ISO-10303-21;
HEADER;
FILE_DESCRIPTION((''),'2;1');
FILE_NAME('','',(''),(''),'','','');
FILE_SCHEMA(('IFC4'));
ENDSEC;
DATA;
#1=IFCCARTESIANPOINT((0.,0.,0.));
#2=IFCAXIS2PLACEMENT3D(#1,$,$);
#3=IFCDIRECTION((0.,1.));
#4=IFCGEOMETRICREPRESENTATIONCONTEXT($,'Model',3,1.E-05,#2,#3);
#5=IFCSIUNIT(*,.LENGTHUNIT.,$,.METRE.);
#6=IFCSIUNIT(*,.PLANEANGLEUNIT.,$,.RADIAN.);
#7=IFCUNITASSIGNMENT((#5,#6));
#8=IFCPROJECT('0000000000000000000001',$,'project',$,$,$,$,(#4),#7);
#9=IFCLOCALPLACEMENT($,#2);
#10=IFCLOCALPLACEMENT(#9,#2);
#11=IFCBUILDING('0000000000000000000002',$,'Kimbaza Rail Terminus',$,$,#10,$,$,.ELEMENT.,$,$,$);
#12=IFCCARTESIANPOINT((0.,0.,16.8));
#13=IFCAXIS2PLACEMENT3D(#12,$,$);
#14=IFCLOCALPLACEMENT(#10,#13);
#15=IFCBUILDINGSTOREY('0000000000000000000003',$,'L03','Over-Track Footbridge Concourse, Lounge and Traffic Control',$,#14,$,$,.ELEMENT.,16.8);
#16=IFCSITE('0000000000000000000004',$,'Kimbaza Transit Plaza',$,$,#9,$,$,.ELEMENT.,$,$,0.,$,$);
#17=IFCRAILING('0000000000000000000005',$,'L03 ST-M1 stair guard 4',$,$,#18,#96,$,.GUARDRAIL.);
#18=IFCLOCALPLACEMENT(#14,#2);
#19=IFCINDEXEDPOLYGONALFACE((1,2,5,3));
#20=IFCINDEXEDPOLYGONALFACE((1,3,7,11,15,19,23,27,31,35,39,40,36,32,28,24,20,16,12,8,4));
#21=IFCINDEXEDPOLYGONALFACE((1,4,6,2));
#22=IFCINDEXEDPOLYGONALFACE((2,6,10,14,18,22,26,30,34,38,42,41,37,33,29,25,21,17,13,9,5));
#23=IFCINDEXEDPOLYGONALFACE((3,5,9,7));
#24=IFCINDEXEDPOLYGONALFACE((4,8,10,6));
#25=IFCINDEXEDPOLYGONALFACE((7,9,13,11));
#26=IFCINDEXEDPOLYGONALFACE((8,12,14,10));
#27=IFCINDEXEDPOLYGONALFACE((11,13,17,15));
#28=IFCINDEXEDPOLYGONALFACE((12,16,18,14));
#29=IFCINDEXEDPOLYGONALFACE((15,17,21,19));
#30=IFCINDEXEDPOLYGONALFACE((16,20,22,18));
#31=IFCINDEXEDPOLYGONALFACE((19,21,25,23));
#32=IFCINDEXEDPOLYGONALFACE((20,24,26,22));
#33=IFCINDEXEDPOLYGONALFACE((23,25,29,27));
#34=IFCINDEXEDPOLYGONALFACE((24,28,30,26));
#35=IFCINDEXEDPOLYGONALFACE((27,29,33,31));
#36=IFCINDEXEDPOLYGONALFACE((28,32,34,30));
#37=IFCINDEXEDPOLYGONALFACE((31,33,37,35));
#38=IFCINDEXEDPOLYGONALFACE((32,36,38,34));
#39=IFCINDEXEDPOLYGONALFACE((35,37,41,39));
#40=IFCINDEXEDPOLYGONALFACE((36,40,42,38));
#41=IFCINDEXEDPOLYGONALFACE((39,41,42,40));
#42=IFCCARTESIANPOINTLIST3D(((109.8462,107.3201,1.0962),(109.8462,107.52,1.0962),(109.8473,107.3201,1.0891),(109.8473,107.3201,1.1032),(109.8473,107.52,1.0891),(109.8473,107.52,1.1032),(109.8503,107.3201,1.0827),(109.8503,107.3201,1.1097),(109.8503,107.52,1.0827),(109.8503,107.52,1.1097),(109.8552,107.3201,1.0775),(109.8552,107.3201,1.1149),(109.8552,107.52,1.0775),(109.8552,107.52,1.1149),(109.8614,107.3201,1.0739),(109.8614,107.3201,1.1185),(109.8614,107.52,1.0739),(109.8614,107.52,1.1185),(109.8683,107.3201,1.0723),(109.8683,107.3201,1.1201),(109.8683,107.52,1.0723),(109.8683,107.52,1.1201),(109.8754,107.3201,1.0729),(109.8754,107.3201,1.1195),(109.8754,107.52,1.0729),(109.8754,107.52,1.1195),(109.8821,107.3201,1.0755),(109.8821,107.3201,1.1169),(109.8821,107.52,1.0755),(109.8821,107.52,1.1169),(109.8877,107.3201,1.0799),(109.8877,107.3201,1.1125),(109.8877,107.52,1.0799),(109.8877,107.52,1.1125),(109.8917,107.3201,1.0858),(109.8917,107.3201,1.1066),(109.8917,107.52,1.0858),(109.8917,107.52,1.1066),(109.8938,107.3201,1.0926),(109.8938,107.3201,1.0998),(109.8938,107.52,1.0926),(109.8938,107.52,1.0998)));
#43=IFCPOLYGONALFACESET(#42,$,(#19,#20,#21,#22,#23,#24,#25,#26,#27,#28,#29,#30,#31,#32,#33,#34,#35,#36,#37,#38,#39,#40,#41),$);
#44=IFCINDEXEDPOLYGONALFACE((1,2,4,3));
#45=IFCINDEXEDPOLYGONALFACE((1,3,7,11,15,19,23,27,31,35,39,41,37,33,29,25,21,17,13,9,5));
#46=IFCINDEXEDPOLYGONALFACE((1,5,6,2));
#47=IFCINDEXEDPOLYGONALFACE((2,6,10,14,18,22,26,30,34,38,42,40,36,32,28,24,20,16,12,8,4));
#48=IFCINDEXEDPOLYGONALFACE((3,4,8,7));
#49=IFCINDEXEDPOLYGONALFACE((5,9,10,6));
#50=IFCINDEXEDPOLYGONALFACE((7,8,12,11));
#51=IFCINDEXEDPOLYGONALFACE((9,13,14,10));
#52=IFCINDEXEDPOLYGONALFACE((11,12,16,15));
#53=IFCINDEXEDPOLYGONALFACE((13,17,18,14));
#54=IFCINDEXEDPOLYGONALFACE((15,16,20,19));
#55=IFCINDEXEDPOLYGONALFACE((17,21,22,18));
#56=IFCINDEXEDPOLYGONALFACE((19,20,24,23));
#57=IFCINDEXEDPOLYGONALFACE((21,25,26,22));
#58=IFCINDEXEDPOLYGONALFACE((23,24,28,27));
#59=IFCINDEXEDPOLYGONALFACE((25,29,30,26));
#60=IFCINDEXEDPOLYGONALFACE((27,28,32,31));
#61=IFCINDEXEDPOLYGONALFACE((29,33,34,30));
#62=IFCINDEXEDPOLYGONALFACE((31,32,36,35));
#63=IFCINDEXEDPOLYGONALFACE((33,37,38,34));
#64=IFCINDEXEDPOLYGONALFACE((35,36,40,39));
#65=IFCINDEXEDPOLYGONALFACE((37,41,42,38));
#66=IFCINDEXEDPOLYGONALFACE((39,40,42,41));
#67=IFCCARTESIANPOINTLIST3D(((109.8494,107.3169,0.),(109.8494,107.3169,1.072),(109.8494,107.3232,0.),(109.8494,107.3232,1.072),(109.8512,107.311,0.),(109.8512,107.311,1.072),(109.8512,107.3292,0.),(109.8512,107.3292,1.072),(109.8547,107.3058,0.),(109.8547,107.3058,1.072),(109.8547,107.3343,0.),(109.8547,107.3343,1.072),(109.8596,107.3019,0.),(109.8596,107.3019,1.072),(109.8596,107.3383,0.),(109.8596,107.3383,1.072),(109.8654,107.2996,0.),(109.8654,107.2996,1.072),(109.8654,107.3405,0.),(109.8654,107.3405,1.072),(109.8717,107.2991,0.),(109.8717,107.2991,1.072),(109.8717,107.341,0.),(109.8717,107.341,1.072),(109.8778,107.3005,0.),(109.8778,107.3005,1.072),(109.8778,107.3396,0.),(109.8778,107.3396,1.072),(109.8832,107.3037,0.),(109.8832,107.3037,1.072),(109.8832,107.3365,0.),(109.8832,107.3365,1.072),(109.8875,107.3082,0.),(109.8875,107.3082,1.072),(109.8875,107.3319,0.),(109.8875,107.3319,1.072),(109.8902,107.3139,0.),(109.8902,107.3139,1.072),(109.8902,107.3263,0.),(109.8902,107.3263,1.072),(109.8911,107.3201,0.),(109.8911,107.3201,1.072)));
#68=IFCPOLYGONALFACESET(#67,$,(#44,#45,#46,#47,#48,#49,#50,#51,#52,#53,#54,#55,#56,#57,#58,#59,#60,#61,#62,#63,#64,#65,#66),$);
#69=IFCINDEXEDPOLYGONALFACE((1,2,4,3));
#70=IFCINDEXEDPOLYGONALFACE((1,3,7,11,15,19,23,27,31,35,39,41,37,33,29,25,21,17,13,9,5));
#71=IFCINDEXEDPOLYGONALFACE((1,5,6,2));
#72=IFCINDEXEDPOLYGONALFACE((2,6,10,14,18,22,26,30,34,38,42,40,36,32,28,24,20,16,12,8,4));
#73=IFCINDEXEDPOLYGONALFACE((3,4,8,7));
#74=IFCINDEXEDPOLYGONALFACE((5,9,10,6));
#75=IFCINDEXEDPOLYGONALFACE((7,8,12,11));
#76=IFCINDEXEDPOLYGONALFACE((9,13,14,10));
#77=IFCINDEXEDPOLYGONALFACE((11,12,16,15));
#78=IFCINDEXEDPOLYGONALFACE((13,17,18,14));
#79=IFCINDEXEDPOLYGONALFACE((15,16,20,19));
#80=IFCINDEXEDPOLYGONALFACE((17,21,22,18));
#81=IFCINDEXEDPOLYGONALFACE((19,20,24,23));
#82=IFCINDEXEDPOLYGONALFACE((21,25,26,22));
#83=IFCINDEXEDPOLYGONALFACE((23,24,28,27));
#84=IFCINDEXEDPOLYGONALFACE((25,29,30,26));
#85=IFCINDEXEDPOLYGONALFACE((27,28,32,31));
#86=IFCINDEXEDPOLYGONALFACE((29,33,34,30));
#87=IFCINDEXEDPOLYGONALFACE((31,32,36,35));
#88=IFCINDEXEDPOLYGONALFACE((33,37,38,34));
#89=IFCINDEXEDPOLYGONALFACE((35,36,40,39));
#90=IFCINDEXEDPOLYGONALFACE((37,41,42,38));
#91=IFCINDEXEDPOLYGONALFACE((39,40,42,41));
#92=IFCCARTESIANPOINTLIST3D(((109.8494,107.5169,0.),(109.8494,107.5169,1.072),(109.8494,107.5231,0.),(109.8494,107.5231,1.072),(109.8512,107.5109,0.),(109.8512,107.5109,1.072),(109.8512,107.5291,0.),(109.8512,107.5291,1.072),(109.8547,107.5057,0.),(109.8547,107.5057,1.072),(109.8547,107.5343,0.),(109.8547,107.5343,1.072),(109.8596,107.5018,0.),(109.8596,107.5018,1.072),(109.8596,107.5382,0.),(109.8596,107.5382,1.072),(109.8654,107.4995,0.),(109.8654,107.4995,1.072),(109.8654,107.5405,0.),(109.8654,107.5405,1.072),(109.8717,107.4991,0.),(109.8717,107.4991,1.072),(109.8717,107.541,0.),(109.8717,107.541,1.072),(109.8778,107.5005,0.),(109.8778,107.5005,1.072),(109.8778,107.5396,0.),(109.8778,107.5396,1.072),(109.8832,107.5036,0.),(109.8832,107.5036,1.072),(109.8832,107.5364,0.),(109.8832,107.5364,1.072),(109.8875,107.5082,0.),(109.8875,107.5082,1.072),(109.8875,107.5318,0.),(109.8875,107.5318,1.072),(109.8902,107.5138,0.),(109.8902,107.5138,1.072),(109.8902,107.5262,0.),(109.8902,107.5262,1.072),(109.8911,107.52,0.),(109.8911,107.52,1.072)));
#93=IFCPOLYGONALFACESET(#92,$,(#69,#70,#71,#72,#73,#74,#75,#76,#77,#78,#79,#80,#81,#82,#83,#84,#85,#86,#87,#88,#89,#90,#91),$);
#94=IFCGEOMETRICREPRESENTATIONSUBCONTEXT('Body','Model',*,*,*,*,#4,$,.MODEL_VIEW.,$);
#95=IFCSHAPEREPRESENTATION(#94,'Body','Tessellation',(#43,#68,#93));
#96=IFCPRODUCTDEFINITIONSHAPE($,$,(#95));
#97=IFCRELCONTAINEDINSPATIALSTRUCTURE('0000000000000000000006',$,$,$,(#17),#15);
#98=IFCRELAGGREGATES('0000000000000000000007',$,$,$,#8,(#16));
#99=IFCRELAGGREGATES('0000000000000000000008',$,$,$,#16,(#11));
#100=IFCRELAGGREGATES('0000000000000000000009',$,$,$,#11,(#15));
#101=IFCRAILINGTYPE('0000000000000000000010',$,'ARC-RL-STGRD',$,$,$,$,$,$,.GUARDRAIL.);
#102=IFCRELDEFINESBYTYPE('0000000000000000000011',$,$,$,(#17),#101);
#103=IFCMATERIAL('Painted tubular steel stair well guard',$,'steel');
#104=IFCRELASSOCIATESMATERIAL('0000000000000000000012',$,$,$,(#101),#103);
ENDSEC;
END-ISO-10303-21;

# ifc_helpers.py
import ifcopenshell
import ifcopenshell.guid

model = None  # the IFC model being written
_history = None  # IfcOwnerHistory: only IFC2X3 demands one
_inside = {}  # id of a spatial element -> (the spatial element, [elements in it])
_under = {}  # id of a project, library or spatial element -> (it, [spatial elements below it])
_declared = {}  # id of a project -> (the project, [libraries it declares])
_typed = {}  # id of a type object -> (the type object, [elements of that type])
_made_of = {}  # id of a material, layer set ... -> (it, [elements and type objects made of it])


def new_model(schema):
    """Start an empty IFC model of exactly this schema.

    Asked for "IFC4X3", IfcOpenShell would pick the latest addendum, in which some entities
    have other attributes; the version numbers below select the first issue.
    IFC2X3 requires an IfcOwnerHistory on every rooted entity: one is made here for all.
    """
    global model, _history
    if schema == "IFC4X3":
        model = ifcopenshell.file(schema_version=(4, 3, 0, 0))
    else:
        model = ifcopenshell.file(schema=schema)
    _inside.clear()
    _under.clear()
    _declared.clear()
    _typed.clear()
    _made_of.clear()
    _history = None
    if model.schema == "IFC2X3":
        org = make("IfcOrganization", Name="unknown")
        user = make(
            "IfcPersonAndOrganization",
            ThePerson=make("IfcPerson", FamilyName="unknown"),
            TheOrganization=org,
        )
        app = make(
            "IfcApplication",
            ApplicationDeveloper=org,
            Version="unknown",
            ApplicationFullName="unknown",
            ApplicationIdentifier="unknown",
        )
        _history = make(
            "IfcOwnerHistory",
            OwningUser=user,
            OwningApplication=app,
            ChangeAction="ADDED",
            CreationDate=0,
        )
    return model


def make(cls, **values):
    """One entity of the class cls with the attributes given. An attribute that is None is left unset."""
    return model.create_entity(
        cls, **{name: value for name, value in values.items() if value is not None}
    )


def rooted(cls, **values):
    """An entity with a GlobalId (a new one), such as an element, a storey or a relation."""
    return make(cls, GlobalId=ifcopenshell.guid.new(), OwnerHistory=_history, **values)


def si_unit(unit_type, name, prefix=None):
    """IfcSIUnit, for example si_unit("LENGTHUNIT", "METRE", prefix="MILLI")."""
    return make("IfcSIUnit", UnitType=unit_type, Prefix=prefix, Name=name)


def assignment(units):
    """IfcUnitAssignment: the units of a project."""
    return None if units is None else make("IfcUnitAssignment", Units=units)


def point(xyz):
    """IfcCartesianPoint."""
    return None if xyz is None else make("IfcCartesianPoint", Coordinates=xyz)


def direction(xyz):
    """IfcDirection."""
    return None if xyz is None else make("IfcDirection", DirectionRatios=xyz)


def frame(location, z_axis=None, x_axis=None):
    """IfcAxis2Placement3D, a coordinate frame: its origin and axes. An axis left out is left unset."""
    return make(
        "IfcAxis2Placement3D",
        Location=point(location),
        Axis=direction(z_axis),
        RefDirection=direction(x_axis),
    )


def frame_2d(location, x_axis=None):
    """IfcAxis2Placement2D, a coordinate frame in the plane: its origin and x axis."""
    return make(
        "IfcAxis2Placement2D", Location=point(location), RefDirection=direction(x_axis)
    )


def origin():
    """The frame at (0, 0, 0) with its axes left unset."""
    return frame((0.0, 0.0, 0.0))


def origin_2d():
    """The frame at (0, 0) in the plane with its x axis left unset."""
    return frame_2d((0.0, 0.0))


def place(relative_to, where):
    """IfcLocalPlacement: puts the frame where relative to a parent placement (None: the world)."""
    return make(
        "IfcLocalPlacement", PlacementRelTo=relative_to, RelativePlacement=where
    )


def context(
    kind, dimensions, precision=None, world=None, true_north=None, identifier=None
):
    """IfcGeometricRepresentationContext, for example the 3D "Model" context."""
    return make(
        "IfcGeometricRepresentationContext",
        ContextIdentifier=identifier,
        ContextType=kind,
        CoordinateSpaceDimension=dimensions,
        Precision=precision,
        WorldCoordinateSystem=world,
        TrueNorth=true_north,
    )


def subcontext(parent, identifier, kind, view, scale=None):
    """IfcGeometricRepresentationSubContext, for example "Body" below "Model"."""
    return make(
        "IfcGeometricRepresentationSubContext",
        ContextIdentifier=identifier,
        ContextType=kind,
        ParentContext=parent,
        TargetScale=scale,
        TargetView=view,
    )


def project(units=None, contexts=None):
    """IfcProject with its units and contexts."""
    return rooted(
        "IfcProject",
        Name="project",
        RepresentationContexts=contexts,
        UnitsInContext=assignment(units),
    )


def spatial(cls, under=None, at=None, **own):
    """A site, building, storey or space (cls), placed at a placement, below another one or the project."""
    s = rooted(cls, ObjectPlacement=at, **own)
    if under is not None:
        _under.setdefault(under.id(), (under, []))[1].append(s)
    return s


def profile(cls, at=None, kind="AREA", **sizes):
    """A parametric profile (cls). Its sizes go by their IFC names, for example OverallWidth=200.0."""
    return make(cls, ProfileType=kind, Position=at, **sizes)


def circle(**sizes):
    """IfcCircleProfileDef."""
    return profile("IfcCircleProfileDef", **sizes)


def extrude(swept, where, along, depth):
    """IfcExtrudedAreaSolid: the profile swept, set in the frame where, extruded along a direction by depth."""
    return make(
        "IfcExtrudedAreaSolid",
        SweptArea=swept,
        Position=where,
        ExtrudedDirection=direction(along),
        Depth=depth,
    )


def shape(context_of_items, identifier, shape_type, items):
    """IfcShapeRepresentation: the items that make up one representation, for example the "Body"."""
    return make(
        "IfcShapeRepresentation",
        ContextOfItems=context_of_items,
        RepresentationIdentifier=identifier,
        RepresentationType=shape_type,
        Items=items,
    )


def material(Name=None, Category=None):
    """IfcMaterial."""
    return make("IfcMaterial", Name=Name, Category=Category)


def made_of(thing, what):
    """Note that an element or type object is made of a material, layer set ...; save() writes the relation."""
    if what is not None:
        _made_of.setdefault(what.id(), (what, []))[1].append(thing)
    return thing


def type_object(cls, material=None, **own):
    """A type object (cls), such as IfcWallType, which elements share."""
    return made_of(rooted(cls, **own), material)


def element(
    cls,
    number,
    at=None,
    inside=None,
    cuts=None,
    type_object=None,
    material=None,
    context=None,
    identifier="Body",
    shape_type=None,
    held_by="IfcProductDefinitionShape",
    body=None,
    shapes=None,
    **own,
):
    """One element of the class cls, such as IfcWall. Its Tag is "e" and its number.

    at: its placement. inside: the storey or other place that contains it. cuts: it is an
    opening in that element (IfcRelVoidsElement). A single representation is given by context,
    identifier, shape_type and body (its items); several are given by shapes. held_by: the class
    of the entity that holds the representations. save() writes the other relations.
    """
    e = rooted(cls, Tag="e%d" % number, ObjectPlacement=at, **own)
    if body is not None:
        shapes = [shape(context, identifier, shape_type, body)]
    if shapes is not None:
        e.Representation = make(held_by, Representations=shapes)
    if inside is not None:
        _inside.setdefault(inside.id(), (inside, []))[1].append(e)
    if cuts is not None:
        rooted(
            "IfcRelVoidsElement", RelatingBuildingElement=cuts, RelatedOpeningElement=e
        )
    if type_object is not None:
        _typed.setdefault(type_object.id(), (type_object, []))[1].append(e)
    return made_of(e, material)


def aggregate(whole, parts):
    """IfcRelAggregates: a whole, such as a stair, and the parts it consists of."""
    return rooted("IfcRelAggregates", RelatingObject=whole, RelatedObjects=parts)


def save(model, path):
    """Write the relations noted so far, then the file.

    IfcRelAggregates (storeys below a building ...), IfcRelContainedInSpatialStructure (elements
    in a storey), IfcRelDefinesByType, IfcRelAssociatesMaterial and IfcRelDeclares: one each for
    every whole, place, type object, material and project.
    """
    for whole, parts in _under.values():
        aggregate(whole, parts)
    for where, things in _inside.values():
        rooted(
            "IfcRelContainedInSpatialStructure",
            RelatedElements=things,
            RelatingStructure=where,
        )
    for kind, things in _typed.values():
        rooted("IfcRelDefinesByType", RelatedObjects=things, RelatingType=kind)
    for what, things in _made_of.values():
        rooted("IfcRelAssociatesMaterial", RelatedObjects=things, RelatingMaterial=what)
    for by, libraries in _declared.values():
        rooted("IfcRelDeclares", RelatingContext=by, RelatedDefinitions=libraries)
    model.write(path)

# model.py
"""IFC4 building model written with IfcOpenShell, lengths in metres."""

from ifc_helpers import new_model, si_unit, direction, frame, origin, origin_2d, place, context, subcontext, project, spatial, circle, extrude, material, type_object, element, save


model = new_model("IFC4")

# Units and contexts
model_context = context("Model", 3, precision=1e-05, world=origin(), true_north=direction((0.0, 1.0)))
body_context = subcontext(model_context, "Body", "Model", "MODEL_VIEW")
ifc_project = project(units=[si_unit("LENGTHUNIT", "METRE"), si_unit("PLANEANGLEUNIT", "RADIAN")], contexts=[model_context])

# Site, building, storey
site_placement = place(None, origin())
site = spatial("IfcSite", under=ifc_project, at=site_placement, Name="Kimbaza Transit Plaza", CompositionType="ELEMENT", RefElevation=0.0)
building_placement = place(site_placement, origin())
building = spatial("IfcBuilding", under=site, at=building_placement, Name="Kimbaza Rail Terminus", CompositionType="ELEMENT")
storey_placement = place(building_placement, frame((0.0, 0.0, 16.8)))
storey = spatial("IfcBuildingStorey", under=building, at=storey_placement, Name="L03", Description="Over-Track Footbridge Concourse, Lounge and Traffic Control", CompositionType="ELEMENT", Elevation=16.8)

# Railing
ifc_material_1 = material(Name="Painted tubular steel stair well guard", Category="steel")
railing_type_1 = type_object("IfcRailingType", Name="ARC-RL-STGRD", PredefinedType="GUARDRAIL", material=ifc_material_1)
railing_1_placement = place(storey_placement, frame((109.8701, 107.3201, 0.0)))
element("IfcRailing", 1, at=railing_1_placement, inside=storey, type_object=railing_type_1, Name="L03 ST-M1 stair guard 4", PredefinedType="GUARDRAIL", context=body_context, shape_type="SweptSolid", body=[
    extrude(circle(Radius=0.0239, at=origin_2d()), frame((0.0, 0.0, 1.0962), z_axis=(0.0, 1.0, 0.0), x_axis=(-1.0, 0.0, 0.0)), (0.0, 0.0, 1.0), 0.2),
    extrude(circle(Radius=0.021, at=origin_2d()), origin(), (0.0, 0.0, 1.0), 1.072),
    extrude(circle(Radius=0.021, at=origin_2d()), frame((0.0, 0.2, 0.0)), (0.0, 0.0, 1.0), 1.072),
])

save(model, "model.ifc")
